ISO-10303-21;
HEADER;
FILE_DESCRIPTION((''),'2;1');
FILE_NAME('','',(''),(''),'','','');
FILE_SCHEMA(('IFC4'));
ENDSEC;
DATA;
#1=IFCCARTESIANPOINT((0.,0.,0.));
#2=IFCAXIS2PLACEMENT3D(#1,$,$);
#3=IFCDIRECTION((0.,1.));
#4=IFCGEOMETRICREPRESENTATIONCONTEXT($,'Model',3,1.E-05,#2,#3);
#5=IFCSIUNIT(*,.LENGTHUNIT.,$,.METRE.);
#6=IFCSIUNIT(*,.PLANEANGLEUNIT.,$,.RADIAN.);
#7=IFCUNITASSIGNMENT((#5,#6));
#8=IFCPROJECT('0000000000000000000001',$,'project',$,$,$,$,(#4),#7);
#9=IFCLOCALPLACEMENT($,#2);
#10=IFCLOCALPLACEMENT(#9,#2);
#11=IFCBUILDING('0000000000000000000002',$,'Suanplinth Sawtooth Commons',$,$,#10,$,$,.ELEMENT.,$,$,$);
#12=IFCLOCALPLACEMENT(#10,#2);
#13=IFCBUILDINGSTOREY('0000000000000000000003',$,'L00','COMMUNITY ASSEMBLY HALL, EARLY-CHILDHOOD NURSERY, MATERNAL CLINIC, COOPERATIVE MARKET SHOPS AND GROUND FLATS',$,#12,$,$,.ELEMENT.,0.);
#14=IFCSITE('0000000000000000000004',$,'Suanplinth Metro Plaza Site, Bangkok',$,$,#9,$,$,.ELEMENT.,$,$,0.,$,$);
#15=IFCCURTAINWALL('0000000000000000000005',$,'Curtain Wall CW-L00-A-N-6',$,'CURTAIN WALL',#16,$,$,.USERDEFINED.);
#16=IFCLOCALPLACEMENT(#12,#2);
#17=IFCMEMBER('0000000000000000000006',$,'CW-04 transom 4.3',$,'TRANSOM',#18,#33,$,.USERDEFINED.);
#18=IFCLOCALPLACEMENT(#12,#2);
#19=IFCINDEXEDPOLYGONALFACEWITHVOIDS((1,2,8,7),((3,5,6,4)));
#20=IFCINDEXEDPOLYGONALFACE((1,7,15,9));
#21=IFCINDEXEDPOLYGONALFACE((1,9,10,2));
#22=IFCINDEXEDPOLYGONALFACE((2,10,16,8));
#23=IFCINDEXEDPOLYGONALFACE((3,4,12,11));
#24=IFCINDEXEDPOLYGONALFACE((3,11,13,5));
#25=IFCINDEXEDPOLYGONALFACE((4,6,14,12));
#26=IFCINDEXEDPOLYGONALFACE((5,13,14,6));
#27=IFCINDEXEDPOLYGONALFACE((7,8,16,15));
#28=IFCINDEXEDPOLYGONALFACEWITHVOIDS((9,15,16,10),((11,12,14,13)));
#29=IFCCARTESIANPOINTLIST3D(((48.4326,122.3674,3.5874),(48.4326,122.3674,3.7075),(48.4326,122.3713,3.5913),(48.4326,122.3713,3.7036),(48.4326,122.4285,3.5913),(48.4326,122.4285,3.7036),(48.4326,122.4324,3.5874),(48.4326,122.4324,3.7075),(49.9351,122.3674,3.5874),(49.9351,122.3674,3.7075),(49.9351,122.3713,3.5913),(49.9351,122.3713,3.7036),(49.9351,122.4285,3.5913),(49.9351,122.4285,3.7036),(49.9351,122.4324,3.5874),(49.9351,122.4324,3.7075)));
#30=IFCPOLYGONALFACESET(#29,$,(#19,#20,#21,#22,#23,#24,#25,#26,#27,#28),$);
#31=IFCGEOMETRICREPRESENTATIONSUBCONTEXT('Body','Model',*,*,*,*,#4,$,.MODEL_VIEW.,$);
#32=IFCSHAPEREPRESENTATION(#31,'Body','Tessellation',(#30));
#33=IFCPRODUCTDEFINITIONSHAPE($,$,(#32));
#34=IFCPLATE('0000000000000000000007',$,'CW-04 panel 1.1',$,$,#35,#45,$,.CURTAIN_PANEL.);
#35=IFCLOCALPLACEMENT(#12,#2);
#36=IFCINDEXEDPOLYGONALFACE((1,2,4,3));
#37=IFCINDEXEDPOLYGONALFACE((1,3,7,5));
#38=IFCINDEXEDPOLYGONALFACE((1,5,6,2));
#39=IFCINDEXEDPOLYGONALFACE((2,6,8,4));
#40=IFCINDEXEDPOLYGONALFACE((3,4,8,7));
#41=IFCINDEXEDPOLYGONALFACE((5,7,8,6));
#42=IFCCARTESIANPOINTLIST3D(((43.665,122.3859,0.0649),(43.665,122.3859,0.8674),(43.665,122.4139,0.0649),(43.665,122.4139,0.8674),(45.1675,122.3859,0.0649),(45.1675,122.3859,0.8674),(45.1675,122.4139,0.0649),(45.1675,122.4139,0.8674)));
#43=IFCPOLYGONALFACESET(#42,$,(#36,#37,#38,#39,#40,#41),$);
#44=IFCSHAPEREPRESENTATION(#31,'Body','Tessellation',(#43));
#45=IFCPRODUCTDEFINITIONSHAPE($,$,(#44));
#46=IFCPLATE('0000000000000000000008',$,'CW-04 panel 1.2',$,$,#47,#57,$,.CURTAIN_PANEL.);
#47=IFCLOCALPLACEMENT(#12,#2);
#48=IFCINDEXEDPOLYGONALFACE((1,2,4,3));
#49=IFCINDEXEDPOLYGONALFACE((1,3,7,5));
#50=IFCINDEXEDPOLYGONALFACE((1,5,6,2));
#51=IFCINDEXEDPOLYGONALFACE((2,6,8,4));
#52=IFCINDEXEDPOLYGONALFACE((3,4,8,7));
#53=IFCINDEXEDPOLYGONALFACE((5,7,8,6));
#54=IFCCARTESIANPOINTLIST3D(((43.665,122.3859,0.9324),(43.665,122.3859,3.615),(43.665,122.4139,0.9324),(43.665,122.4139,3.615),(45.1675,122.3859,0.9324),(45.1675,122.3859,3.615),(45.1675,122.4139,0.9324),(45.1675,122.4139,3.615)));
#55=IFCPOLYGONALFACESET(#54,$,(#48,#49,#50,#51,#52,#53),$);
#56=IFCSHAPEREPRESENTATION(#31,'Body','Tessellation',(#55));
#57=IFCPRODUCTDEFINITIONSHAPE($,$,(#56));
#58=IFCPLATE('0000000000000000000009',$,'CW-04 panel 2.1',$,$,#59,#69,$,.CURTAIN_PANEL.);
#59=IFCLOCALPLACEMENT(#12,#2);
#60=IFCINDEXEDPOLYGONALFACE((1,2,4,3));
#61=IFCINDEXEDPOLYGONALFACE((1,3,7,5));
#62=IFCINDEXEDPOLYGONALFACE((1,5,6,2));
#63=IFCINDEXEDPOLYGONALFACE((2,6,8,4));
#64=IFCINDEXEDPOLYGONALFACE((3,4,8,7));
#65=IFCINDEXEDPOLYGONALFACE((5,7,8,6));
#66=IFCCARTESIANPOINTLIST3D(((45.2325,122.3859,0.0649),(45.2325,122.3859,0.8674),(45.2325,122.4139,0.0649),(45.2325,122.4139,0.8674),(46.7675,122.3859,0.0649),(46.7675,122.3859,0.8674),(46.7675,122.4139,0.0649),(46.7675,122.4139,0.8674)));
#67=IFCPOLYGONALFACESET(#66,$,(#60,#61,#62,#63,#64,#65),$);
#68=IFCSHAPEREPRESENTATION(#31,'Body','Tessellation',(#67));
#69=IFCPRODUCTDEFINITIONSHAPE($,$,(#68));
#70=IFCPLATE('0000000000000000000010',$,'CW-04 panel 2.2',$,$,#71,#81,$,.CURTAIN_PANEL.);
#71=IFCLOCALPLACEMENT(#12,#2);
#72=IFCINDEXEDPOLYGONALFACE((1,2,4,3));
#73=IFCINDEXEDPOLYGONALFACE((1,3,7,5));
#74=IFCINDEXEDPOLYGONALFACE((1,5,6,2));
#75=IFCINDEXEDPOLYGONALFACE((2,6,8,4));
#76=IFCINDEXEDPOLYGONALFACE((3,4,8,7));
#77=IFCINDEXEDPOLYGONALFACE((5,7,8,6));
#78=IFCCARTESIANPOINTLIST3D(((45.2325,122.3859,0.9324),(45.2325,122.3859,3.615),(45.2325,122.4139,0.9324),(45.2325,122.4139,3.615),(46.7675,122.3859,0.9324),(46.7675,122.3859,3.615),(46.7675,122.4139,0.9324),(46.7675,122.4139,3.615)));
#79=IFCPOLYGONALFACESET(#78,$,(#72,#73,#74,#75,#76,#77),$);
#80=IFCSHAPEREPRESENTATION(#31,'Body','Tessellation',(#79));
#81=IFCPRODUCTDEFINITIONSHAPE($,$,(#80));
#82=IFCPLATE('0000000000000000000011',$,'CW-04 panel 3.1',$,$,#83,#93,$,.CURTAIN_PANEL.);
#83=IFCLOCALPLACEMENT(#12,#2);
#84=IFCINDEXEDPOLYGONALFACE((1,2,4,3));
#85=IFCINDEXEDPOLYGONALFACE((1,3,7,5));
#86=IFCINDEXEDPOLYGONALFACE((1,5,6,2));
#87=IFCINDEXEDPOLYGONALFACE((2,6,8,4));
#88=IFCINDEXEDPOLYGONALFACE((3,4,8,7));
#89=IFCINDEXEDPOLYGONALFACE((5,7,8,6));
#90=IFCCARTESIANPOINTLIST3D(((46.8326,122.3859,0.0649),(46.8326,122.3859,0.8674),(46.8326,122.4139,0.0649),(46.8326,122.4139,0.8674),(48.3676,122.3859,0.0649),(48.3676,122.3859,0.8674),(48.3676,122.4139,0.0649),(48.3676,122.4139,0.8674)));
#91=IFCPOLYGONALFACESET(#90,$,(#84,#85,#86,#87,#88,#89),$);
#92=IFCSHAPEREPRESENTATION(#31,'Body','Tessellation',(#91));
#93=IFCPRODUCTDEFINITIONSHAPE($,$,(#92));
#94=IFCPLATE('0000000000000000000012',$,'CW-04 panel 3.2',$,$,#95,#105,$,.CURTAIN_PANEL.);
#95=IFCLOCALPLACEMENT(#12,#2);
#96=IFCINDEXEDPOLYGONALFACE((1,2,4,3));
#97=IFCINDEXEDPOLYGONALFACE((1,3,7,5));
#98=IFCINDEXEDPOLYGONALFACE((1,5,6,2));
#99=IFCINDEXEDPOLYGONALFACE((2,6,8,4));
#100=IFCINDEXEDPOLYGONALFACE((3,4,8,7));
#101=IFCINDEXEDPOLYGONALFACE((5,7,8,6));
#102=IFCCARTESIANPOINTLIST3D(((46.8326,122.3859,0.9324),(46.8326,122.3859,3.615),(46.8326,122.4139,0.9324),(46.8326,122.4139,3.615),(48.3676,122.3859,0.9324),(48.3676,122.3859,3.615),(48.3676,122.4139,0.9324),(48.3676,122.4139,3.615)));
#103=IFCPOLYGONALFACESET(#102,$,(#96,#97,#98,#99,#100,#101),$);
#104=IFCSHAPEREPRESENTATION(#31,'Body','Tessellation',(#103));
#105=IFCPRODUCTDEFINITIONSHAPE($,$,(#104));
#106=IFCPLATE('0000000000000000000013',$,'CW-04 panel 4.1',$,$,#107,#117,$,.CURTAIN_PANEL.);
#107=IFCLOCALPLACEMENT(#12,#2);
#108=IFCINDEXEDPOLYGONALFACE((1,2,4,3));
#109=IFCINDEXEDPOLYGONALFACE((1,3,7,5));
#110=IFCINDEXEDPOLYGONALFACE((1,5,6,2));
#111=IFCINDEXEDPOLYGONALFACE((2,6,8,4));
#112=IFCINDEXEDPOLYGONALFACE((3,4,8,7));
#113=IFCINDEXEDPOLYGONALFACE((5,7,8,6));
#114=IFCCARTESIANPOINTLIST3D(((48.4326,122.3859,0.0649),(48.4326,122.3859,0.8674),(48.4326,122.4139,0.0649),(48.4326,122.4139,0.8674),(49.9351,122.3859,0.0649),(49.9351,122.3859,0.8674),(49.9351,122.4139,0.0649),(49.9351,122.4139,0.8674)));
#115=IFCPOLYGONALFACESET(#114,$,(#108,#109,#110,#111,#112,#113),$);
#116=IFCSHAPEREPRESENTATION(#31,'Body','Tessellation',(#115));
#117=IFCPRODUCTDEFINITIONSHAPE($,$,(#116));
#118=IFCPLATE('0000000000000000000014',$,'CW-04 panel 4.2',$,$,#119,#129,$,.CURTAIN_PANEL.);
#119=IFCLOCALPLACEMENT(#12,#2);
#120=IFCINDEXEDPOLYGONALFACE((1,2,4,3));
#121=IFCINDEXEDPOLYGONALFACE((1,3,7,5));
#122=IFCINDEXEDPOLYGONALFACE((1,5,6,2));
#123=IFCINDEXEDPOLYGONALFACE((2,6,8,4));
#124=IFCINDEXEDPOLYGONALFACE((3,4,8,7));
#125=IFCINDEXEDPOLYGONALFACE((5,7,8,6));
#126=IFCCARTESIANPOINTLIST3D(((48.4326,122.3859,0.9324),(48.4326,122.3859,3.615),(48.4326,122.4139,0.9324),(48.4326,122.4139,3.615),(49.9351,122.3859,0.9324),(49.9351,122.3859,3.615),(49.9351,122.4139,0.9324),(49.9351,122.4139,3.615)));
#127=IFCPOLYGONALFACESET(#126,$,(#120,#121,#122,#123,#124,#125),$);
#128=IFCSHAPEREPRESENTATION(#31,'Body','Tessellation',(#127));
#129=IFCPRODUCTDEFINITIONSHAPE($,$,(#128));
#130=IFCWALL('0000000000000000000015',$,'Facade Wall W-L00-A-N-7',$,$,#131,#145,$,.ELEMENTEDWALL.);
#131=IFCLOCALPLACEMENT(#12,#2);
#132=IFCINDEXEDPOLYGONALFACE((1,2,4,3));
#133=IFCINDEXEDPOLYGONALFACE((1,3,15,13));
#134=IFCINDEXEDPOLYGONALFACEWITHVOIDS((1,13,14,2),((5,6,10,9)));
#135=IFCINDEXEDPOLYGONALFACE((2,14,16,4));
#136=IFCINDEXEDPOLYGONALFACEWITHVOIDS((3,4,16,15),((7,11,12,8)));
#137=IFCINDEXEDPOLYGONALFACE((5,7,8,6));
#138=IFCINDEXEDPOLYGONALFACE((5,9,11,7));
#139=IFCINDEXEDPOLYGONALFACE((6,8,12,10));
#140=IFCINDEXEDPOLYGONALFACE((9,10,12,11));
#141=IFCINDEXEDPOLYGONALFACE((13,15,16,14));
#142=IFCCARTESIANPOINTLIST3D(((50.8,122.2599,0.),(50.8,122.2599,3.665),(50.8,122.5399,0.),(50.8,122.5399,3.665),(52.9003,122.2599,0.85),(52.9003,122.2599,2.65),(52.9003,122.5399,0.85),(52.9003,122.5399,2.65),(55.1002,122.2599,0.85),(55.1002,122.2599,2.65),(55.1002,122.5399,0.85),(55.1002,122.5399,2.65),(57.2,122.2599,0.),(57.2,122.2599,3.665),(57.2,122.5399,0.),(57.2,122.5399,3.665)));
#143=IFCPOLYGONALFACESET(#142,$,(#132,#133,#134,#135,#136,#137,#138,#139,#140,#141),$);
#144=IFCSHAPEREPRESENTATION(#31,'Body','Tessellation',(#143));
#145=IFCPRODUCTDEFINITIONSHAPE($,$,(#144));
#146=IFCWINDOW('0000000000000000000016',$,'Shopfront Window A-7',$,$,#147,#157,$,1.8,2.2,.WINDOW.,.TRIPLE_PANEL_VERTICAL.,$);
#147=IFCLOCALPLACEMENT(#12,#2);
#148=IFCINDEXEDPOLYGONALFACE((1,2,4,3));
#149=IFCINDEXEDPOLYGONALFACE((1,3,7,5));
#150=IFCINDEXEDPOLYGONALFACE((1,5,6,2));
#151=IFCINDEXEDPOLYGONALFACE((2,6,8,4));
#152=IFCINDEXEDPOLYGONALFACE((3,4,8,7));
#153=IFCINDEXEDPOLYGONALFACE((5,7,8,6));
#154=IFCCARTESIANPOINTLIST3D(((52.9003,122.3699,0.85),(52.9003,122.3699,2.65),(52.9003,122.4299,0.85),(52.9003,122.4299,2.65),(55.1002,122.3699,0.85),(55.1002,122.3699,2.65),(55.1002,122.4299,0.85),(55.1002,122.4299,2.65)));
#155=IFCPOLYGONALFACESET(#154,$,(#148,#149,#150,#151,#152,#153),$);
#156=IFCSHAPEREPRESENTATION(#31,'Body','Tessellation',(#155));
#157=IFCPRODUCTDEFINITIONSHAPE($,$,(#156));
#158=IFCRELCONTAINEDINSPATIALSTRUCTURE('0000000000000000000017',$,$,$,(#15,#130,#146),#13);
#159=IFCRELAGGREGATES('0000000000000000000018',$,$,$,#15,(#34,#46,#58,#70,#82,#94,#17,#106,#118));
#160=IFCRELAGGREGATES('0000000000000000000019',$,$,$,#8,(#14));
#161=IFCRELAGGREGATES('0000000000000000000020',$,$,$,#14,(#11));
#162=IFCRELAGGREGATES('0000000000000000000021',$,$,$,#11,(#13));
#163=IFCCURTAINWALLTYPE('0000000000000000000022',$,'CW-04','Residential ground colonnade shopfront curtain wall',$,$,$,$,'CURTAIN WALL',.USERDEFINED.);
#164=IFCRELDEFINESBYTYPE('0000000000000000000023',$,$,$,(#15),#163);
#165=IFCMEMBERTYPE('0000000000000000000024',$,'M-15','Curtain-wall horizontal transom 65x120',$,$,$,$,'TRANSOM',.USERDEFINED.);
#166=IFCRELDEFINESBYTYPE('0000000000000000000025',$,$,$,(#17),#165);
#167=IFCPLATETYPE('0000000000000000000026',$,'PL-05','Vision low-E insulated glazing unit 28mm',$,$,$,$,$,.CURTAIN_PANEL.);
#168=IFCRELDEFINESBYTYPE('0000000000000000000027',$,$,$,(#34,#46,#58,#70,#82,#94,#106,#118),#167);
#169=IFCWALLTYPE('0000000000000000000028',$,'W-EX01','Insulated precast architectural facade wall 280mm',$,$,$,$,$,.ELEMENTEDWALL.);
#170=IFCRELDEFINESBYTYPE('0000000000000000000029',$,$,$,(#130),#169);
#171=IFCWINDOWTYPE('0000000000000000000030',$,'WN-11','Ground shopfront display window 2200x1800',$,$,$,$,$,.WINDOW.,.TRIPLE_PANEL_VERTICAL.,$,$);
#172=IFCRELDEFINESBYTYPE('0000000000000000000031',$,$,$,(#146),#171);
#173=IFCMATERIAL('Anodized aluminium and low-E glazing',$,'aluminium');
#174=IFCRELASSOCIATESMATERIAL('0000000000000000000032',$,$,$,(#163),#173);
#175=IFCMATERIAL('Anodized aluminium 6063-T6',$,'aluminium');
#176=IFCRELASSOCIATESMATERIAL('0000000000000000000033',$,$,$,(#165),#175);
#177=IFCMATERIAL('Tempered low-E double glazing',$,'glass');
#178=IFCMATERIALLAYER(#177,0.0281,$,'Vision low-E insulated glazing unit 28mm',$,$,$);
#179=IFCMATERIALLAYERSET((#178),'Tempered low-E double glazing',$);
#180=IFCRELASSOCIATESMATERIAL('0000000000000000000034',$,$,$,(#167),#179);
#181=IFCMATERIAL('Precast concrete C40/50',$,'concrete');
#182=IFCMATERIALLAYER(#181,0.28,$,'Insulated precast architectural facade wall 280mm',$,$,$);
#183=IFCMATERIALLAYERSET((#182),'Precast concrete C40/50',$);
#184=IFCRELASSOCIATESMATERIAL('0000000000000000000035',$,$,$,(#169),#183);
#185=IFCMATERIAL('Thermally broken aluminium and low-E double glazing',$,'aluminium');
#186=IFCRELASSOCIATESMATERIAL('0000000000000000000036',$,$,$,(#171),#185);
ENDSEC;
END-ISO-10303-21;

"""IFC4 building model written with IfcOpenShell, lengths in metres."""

from ifc_helpers import new_model, si_unit, direction, frame, frame_2d, origin, origin_2d, place, context, subcontext, project, spatial, rectangle, hollow_rectangle, extrude, material, layer, layer_set, material_profile, profile_set, type_object, element, fill, aggregate, save


model = new_model("IFC4")

# Units and contexts
model_context = context("Model", 3, precision=1e-05, world=origin(), true_north=direction((0.0, 1.0)))
body_context = subcontext(model_context, "Body", "Model", "MODEL_VIEW")
ifc_project = project(units=[si_unit("LENGTHUNIT", "METRE"), si_unit("PLANEANGLEUNIT", "RADIAN")], contexts=[model_context])

# Site, building, storey
site_placement = place(None, origin())
site = spatial("IfcSite", under=ifc_project, at=site_placement, Name="Suanplinth Metro Plaza Site, Bangkok", CompositionType="ELEMENT", RefElevation=0.0)
building_placement = place(site_placement, origin())
building = spatial("IfcBuilding", under=site, at=building_placement, Name="Suanplinth Sawtooth Commons", CompositionType="ELEMENT")
storey_placement = place(building_placement, origin())
storey = spatial("IfcBuildingStorey", under=building, at=storey_placement, Name="L00", Description="COMMUNITY ASSEMBLY HALL, EARLY-CHILDHOOD NURSERY, MATERNAL CLINIC, COOPERATIVE MARKET SHOPS AND GROUND FLATS", CompositionType="ELEMENT", Elevation=0.0)

# Shared definitions
ifc_material_1 = material(Name="Precast concrete C40/50", Category="concrete")

# Curtain wall, member, plates
ifc_material_2 = material(Name="Anodized aluminium and low-E glazing", Category="aluminium")
curtain_wall_type = type_object("IfcCurtainWallType", Name="CW-04", Description="Residential ground colonnade shopfront curtain wall", ElementType="CURTAIN WALL", PredefinedType="USERDEFINED", material=ifc_material_2)
curtain_wall_placement = place(storey_placement, origin())
curtain_wall = element("IfcCurtainWall", 1, at=curtain_wall_placement, inside=storey, type_object=curtain_wall_type, Name="Curtain Wall CW-L00-A-N-6", ObjectType="CURTAIN WALL", PredefinedType="USERDEFINED")
ifc_material_3 = material(Name="Anodized aluminium 6063-T6", Category="aluminium")
ifc_material_profile_1 = material_profile(ifc_material_3, hollow_rectangle(XDim=0.0649, YDim=0.1201, WallThickness=0.0039, at=origin_2d()), Name="ALU-TRN 65x120")
ifc_profile_set_1 = profile_set([ifc_material_profile_1], Name="Anodized aluminium 6063-T6")
member_type_1 = type_object("IfcMemberType", Name="M-15", Description="Curtain-wall horizontal transom 65x120", ElementType="TRANSOM", PredefinedType="USERDEFINED", material=ifc_profile_set_1)
member_1_placement = place(storey_placement, frame((48.4326, 122.3999, 3.6475), z_axis=(1.0, 0.0, 0.0), x_axis=(0.0, 1.0, 0.0)))
member_1 = element("IfcMember", 2, at=member_1_placement, type_object=member_type_1, Name="CW-04 transom 4.3", ObjectType="TRANSOM", PredefinedType="USERDEFINED", context=body_context, shape_type="SweptSolid", body=[
    extrude(hollow_rectangle(XDim=0.0649, YDim=0.1201, WallThickness=0.0039, at=origin_2d()), origin(), (0.0, 0.0, 1.0), 1.5024),
])
ifc_material_4 = material(Name="Tempered low-E double glazing", Category="glass")
ifc_layer_1 = layer(ifc_material_4, 0.0281, Name="Vision low-E insulated glazing unit 28mm")
ifc_layer_set_1 = layer_set([ifc_layer_1], Name="Tempered low-E double glazing")
plate_type = type_object("IfcPlateType", Name="PL-05", Description="Vision low-E insulated glazing unit 28mm", PredefinedType="CURTAIN_PANEL", material=ifc_layer_set_1)
plate_1_placement = place(storey_placement, frame((44.4163, 122.3999, 0.0649), z_axis=(0.0, 0.0, 1.0), x_axis=(1.0, 0.0, 0.0)))
plate_1 = element("IfcPlate", 3, at=plate_1_placement, type_object=plate_type, Name="CW-04 panel 1.1", PredefinedType="CURTAIN_PANEL", context=body_context, shape_type="SweptSolid", body=[
    extrude(rectangle(XDim=1.5024, YDim=0.0281, at=origin_2d()), origin(), (0.0, 0.0, 1.0), 0.8025),
])
plate_2_placement = place(storey_placement, frame((44.4163, 122.3999, 0.9324), z_axis=(0.0, 0.0, 1.0), x_axis=(1.0, 0.0, 0.0)))
plate_2 = element("IfcPlate", 4, at=plate_2_placement, type_object=plate_type, Name="CW-04 panel 1.2", PredefinedType="CURTAIN_PANEL", context=body_context, shape_type="SweptSolid", body=[
    extrude(rectangle(XDim=1.5024, YDim=0.0281, at=origin_2d()), origin(), (0.0, 0.0, 1.0), 2.6826),
])
plate_3_placement = place(storey_placement, frame((46.0, 122.3999, 0.0649), z_axis=(0.0, 0.0, 1.0), x_axis=(1.0, 0.0, 0.0)))
plate_3 = element("IfcPlate", 5, at=plate_3_placement, type_object=plate_type, Name="CW-04 panel 2.1", PredefinedType="CURTAIN_PANEL", context=body_context, shape_type="SweptSolid", body=[
    extrude(rectangle(XDim=1.5349, YDim=0.0281, at=origin_2d()), origin(), (0.0, 0.0, 1.0), 0.8025),
])
plate_4_placement = place(storey_placement, frame((46.0, 122.3999, 0.9324), z_axis=(0.0, 0.0, 1.0), x_axis=(1.0, 0.0, 0.0)))
plate_4 = element("IfcPlate", 6, at=plate_4_placement, type_object=plate_type, Name="CW-04 panel 2.2", PredefinedType="CURTAIN_PANEL", context=body_context, shape_type="SweptSolid", body=[
    extrude(rectangle(XDim=1.5349, YDim=0.0281, at=origin_2d()), origin(), (0.0, 0.0, 1.0), 2.6826),
])
plate_5_placement = place(storey_placement, frame((47.6001, 122.3999, 0.0649), z_axis=(0.0, 0.0, 1.0), x_axis=(1.0, 0.0, 0.0)))
plate_5 = element("IfcPlate", 7, at=plate_5_placement, type_object=plate_type, Name="CW-04 panel 3.1", PredefinedType="CURTAIN_PANEL", context=body_context, shape_type="SweptSolid", body=[
    extrude(rectangle(XDim=1.5349, YDim=0.0281, at=origin_2d()), origin(), (0.0, 0.0, 1.0), 0.8025),
])
plate_6_placement = place(storey_placement, frame((47.6001, 122.3999, 0.9324), z_axis=(0.0, 0.0, 1.0), x_axis=(1.0, 0.0, 0.0)))
plate_6 = element("IfcPlate", 8, at=plate_6_placement, type_object=plate_type, Name="CW-04 panel 3.2", PredefinedType="CURTAIN_PANEL", context=body_context, shape_type="SweptSolid", body=[
    extrude(rectangle(XDim=1.5349, YDim=0.0281, at=origin_2d()), origin(), (0.0, 0.0, 1.0), 2.6826),
])
plate_7_placement = place(storey_placement, frame((49.1838, 122.3999, 0.0649), z_axis=(0.0, 0.0, 1.0), x_axis=(1.0, 0.0, 0.0)))
plate_7 = element("IfcPlate", 9, at=plate_7_placement, type_object=plate_type, Name="CW-04 panel 4.1", PredefinedType="CURTAIN_PANEL", context=body_context, shape_type="SweptSolid", body=[
    extrude(rectangle(XDim=1.5024, YDim=0.0281, at=origin_2d()), origin(), (0.0, 0.0, 1.0), 0.8025),
])
plate_8_placement = place(storey_placement, frame((49.1838, 122.3999, 0.9324), z_axis=(0.0, 0.0, 1.0), x_axis=(1.0, 0.0, 0.0)))
plate_8 = element("IfcPlate", 10, at=plate_8_placement, type_object=plate_type, Name="CW-04 panel 4.2", PredefinedType="CURTAIN_PANEL", context=body_context, shape_type="SweptSolid", body=[
    extrude(rectangle(XDim=1.5024, YDim=0.0281, at=origin_2d()), origin(), (0.0, 0.0, 1.0), 2.6826),
])
aggregate(curtain_wall, [plate_1, plate_2, plate_3, plate_4, plate_5, plate_6, member_1, plate_7, plate_8])

# Wall, opening, window
ifc_layer_2 = layer(ifc_material_1, 0.28, Name="Insulated precast architectural facade wall 280mm")
ifc_layer_set_2 = layer_set([ifc_layer_2], Name="Precast concrete C40/50")
wall_type_1 = type_object("IfcWallType", Name="W-EX01", Description="Insulated precast architectural facade wall 280mm", PredefinedType="ELEMENTEDWALL", material=ifc_layer_set_2)
wall_1_placement = place(storey_placement, frame((50.8, 122.3999, 0.0), z_axis=(0.0, 0.0, 1.0), x_axis=(1.0, 0.0, 0.0)))
wall_1 = element("IfcWall", 11, at=wall_1_placement, inside=storey, type_object=wall_type_1, Name="Facade Wall W-L00-A-N-7", PredefinedType="ELEMENTEDWALL", context=body_context, shape_type="SweptSolid", body=[
    extrude(rectangle(XDim=6.3999, YDim=0.28, at=frame_2d((3.2, 0.0))), origin(), (0.0, 0.0, 1.0), 3.665),
])
opening_1_placement = place(wall_1_placement, frame((2.1001, 0.0, 0.8501)))
opening_1 = element("IfcOpeningElement", 12, at=opening_1_placement, cuts=wall_1, PredefinedType="OPENING", context=body_context, shape_type="SweptSolid", body=[
    extrude(rectangle(XDim=2.2, YDim=1.8, at=frame_2d((1.1001, 0.8999))), frame((0.0, 0.1548, 0.0), z_axis=(0.0, -1.0, 0.0), x_axis=(1.0, 0.0, 0.0)), (0.0, 0.0, 1.0), 0.3098),
])
ifc_material_5 = material(Name="Thermally broken aluminium and low-E double glazing", Category="aluminium")
window_type = type_object("IfcWindowType", Name="WN-11", Description="Ground shopfront display window 2200x1800", PartitioningType="TRIPLE_PANEL_VERTICAL", PredefinedType="WINDOW", material=ifc_material_5)
window_placement = place(opening_1_placement, origin())
window = element("IfcWindow", 13, at=window_placement, inside=storey, type_object=window_type, Name="Shopfront Window A-7", OverallHeight=1.8, OverallWidth=2.2, PartitioningType="TRIPLE_PANEL_VERTICAL", PredefinedType="WINDOW", context=body_context, shape_type="SweptSolid", body=[
    extrude(rectangle(XDim=2.2, YDim=1.8, at=frame_2d((1.1001, 0.8999))), frame((0.0, 0.03, 0.0), z_axis=(0.0, -1.0, 0.0), x_axis=(1.0, 0.0, 0.0)), (0.0, 0.0, 1.0), 0.0601),
])
fill(opening_1, window)

save(model, "model.ifc")
